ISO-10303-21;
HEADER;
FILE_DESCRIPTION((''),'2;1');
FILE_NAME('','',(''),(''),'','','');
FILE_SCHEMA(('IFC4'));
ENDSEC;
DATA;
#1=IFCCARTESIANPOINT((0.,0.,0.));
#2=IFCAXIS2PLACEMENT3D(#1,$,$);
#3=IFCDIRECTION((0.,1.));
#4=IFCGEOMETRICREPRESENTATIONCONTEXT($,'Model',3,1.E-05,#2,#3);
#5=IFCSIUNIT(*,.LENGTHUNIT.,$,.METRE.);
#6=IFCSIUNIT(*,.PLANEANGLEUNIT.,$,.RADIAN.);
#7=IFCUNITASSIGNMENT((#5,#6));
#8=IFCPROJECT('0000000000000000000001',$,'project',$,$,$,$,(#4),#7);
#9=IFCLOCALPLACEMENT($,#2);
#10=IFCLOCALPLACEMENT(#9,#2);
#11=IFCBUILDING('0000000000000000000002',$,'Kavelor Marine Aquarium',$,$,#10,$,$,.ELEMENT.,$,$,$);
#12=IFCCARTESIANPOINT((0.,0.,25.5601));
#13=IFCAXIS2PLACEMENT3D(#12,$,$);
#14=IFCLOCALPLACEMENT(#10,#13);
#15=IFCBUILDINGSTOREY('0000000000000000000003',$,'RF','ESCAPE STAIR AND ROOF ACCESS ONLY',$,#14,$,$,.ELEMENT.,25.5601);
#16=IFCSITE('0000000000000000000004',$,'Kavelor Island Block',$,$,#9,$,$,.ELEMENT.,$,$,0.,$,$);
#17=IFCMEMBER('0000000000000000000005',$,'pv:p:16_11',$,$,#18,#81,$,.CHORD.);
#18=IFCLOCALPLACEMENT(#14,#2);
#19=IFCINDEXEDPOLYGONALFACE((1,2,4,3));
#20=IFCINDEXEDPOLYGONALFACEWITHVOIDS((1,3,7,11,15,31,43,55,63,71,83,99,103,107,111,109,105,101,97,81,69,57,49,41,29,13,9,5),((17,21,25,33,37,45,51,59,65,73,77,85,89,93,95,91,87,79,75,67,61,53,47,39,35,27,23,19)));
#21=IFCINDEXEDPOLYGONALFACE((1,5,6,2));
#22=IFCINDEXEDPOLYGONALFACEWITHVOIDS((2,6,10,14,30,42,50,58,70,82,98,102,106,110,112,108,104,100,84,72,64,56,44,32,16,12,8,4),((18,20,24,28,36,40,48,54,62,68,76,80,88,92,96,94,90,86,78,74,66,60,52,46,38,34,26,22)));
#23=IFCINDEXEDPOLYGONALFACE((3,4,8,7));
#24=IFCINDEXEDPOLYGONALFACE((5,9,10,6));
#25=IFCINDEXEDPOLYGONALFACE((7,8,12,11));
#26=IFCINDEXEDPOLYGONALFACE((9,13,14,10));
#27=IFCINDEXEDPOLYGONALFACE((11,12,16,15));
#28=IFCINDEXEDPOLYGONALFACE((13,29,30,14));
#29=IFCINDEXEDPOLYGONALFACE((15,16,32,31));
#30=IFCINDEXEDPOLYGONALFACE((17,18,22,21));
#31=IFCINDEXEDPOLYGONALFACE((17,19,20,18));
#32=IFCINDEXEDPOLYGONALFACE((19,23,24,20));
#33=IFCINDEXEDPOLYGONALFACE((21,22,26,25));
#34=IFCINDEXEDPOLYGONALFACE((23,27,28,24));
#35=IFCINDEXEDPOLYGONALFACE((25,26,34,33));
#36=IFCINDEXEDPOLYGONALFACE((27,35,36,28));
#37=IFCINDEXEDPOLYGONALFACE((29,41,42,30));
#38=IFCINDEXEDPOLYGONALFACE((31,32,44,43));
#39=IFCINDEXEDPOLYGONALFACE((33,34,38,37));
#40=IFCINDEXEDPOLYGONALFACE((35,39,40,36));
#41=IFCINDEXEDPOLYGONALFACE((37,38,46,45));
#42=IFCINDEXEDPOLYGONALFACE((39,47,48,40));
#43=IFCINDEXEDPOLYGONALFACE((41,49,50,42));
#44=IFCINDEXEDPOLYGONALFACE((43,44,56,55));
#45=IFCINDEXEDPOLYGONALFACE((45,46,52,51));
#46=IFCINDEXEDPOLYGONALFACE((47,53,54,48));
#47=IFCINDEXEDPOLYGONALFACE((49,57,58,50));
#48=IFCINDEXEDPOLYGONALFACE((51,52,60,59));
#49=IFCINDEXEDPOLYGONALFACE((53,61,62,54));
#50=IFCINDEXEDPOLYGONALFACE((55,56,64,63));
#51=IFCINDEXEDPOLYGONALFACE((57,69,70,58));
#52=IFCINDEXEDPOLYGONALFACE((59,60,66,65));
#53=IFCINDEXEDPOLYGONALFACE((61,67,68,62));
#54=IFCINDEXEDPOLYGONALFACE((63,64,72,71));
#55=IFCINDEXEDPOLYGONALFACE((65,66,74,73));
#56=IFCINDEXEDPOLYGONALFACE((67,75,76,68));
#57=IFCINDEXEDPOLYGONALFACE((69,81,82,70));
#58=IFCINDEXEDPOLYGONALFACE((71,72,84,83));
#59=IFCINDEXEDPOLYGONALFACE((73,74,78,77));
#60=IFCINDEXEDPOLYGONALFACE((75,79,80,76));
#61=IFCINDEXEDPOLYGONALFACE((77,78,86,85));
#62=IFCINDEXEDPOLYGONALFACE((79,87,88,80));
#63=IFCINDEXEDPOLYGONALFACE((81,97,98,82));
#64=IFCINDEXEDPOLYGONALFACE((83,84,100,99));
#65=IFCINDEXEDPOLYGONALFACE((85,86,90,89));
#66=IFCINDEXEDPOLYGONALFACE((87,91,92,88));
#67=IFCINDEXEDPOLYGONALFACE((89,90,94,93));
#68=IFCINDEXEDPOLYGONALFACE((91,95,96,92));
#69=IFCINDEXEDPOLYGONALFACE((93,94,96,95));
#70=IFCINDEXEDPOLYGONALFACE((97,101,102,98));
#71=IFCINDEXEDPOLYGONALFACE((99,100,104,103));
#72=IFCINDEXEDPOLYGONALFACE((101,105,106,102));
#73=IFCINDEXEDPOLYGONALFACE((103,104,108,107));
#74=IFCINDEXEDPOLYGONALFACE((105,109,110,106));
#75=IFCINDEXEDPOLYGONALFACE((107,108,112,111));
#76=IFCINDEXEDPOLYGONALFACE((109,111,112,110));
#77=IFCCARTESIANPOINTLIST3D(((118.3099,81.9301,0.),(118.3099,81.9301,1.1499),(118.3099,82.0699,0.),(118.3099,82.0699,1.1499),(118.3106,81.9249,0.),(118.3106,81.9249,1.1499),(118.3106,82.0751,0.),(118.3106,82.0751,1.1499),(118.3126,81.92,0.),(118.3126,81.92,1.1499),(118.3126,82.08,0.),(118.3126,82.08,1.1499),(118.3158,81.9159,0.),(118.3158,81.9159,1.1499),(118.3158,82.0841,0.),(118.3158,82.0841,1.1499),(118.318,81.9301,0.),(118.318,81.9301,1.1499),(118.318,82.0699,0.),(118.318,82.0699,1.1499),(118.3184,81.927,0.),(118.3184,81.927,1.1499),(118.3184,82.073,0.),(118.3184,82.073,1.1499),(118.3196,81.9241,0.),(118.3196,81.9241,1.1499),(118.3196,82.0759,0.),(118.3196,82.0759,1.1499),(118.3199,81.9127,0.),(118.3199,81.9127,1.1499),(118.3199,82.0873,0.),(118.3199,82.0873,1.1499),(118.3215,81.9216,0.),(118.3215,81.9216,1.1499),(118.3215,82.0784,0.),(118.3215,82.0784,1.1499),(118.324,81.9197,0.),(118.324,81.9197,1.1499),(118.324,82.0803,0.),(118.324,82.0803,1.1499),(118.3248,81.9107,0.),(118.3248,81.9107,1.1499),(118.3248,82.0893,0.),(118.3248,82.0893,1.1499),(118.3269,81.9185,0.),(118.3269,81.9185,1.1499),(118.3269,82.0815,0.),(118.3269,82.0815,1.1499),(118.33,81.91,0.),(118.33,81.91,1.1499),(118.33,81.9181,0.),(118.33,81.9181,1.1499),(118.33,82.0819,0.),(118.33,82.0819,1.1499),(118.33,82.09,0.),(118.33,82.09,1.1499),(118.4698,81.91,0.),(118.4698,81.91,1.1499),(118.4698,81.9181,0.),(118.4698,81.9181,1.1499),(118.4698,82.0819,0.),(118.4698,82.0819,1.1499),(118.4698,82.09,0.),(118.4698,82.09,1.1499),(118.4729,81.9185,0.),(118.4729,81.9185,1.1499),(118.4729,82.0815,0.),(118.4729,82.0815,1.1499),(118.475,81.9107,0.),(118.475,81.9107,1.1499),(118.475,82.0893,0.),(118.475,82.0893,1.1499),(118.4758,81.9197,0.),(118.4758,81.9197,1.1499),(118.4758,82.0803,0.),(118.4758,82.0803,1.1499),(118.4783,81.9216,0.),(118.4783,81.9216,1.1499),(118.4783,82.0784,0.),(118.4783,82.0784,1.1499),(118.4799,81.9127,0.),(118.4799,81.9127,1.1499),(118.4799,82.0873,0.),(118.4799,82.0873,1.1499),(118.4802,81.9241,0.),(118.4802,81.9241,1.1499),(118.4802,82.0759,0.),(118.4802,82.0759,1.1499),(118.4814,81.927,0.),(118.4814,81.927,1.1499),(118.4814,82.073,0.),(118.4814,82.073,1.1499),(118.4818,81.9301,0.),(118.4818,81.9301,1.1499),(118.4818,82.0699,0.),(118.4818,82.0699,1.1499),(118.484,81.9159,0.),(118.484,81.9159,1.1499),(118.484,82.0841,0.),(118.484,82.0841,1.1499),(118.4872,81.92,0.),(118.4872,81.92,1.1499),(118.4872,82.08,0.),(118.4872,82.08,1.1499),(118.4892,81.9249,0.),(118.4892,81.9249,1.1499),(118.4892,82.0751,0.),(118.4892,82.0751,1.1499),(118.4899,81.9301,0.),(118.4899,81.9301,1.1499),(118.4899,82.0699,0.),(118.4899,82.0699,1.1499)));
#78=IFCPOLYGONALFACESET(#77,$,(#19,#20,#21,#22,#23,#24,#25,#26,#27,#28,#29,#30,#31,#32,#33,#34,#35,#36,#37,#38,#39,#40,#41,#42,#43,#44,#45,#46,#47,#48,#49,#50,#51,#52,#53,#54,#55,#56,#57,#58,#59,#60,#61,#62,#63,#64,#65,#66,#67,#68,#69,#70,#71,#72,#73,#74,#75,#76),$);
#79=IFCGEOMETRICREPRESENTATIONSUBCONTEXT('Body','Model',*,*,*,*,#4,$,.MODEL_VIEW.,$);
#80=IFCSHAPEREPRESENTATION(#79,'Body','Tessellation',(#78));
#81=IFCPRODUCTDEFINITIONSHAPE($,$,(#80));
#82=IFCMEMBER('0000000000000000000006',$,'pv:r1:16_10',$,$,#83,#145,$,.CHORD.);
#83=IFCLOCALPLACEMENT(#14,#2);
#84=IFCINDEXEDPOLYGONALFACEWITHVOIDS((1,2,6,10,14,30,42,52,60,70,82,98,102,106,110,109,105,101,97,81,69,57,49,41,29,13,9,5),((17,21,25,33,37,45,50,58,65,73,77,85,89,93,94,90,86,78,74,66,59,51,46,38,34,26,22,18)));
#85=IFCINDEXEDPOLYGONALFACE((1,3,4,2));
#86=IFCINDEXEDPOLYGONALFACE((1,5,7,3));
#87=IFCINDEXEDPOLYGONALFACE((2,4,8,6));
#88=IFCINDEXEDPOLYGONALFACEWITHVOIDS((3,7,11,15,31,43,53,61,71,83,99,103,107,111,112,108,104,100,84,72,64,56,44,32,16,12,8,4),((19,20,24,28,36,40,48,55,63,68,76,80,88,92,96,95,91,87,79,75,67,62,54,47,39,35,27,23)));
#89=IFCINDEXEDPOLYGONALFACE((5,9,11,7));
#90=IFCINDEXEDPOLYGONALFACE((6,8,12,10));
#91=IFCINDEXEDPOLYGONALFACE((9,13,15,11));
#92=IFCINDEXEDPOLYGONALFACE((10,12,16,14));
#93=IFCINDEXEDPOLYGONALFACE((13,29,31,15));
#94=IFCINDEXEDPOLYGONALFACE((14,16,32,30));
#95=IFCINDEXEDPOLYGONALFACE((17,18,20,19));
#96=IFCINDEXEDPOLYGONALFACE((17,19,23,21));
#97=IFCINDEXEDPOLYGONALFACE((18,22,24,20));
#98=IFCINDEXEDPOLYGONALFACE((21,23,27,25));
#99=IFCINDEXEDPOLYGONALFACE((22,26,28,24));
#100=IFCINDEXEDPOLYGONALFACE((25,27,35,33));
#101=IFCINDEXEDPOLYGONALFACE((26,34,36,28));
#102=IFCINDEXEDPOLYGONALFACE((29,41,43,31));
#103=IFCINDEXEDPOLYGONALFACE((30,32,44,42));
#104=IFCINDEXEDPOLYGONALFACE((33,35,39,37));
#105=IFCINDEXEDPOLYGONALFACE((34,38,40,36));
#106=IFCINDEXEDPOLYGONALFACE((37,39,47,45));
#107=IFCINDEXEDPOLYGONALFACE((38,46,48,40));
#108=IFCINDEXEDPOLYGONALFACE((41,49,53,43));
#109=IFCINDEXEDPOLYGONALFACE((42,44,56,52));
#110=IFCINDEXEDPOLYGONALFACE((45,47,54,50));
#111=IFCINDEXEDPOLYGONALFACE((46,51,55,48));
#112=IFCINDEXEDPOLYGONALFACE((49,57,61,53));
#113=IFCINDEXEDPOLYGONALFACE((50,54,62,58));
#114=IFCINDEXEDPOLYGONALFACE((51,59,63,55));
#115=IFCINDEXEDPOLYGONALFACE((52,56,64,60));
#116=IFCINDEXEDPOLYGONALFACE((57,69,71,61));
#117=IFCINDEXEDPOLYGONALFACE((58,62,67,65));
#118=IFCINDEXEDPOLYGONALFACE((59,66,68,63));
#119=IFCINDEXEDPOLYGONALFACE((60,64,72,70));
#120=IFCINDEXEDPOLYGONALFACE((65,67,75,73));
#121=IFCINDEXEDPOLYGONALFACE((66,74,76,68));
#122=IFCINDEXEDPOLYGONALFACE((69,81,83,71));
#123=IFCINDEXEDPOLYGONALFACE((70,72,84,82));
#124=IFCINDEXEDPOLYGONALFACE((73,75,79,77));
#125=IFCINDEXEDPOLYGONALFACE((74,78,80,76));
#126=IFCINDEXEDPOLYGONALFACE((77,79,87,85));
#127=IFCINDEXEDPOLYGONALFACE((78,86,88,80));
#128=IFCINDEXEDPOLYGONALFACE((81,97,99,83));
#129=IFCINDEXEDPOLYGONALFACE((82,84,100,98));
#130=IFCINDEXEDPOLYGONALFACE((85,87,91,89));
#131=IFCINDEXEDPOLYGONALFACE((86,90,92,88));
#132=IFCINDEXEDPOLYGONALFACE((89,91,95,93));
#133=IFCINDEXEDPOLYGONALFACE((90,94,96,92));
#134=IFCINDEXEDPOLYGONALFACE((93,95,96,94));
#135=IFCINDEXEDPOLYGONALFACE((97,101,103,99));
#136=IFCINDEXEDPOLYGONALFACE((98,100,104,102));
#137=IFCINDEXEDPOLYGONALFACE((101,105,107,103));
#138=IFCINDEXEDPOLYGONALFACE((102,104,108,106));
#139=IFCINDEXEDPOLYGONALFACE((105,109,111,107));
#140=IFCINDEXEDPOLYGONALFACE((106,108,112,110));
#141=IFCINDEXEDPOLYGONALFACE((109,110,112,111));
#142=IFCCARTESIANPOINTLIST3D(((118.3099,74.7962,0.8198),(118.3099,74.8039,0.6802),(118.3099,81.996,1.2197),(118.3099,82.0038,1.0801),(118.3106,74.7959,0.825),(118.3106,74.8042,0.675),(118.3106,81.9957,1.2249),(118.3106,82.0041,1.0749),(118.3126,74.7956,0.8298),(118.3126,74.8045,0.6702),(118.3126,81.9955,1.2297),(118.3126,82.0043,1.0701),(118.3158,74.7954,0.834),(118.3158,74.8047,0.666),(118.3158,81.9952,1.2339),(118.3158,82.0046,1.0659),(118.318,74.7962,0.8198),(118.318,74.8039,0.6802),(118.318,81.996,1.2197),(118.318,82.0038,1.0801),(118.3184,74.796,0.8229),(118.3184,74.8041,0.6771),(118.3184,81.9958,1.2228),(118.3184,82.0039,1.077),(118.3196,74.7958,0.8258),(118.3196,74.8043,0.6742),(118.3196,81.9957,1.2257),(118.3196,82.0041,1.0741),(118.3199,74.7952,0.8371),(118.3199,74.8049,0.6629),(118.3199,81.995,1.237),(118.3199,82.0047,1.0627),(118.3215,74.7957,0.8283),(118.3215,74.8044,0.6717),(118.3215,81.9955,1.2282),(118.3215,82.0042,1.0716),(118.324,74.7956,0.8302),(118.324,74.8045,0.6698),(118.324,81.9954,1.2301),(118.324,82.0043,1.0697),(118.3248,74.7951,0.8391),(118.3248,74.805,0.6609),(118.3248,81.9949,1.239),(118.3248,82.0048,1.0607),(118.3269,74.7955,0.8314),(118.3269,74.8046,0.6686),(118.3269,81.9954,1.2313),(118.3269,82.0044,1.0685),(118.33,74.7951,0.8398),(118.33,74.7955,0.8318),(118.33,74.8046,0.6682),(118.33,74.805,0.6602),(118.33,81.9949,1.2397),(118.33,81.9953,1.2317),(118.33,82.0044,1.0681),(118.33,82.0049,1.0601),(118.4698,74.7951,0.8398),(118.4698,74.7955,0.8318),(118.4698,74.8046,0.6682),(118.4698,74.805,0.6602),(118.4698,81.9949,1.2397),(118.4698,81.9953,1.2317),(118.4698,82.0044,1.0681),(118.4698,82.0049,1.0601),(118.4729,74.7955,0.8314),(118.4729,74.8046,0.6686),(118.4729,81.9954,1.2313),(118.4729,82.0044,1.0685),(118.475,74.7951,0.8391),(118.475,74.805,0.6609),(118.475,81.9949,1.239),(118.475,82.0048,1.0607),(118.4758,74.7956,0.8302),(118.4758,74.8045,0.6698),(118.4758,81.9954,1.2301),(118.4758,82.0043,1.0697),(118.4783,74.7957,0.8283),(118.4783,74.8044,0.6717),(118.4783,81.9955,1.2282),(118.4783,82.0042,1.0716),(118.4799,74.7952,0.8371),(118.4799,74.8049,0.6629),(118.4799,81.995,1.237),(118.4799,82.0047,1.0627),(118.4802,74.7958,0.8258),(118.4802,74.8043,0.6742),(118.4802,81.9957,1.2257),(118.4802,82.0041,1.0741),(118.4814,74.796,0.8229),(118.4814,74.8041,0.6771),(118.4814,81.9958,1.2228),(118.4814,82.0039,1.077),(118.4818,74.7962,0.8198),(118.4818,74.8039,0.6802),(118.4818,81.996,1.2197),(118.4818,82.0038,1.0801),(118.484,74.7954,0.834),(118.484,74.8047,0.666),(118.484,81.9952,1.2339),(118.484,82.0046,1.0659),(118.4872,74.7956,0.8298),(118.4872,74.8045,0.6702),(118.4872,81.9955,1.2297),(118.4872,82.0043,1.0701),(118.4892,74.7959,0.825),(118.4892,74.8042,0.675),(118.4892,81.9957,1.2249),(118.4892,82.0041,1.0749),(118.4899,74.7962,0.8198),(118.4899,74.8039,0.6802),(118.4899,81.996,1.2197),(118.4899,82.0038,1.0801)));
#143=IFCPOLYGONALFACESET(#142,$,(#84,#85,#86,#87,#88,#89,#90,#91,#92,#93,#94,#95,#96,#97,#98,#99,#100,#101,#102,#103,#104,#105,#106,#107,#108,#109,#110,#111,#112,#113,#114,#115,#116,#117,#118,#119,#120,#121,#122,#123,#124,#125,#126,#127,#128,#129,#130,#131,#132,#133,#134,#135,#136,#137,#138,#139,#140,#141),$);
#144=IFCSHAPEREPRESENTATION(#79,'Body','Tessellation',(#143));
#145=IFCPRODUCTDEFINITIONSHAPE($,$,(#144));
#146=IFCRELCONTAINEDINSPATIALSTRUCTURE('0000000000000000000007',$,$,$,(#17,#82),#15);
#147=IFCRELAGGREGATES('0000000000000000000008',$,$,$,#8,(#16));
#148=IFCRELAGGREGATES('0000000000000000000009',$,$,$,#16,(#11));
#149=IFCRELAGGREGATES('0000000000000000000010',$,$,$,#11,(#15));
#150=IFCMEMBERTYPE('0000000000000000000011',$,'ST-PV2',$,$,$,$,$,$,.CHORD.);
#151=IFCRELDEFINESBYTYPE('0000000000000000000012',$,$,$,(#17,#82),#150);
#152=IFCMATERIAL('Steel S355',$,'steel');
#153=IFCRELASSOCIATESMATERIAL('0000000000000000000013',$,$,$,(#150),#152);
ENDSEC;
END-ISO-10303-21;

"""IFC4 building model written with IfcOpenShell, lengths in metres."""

from ifc_helpers import new_model, si_unit, direction, frame, origin, origin_2d, place, context, subcontext, project, spatial, hollow_rectangle, extrude, material, material_profile, profile_set, type_object, element, save


model = new_model("IFC4")

# Units and contexts
model_context = context("Model", 3, precision=1e-05, world=origin(), true_north=direction((0.0, 1.0)))
body_context = subcontext(model_context, "Body", "Model", "MODEL_VIEW")
ifc_project = project(units=[si_unit("LENGTHUNIT", "METRE"), si_unit("PLANEANGLEUNIT", "RADIAN")], contexts=[model_context])

# Site, building, storey
site_placement = place(None, origin())
site = spatial("IfcSite", under=ifc_project, at=site_placement, Name="Kavelor Island Block", CompositionType="ELEMENT", RefElevation=0.0)
building_placement = place(site_placement, origin())
building = spatial("IfcBuilding", under=site, at=building_placement, Name="Kavelor Marine Aquarium", CompositionType="ELEMENT")
storey_placement = place(building_placement, frame((0.0, 0.0, 25.5601)))
storey = spatial("IfcBuildingStorey", under=building, at=storey_placement, Name="RF", Description="ESCAPE STAIR AND ROOF ACCESS ONLY", CompositionType="ELEMENT", Elevation=25.5601)

# Members
ifc_material_1 = material(Name="Steel S355", Category="steel")
ifc_material_profile_1 = material_profile(ifc_material_1, hollow_rectangle(XDim=0.1799, YDim=0.1799, WallThickness=0.0081, InnerFilletRadius=0.012, OuterFilletRadius=0.02, at=origin_2d()), Name="SHS 180x180x8.0")
ifc_profile_set_1 = profile_set([ifc_material_profile_1], Name="Steel S355")
member_type_1 = type_object("IfcMemberType", Name="ST-PV2", PredefinedType="CHORD", material=ifc_profile_set_1)
member_1_placement = place(storey_placement, frame((118.3999, 82.0, 0.0), z_axis=(0.0, 0.0, 1.0), x_axis=(1.0, 0.0, 0.0)))
element("IfcMember", 1, at=member_1_placement, inside=storey, type_object=member_type_1, Name="pv:p:16_11", PredefinedType="CHORD", context=body_context, shape_type="SweptSolid", body=[
    extrude(hollow_rectangle(XDim=0.1799, YDim=0.1799, WallThickness=0.0081, InnerFilletRadius=0.012, OuterFilletRadius=0.02, at=origin_2d()), origin(), (0.0, 0.0, 1.0), 1.1499),
])
member_2_placement = place(storey_placement, frame((118.3999, 74.8, 0.75), z_axis=(0.0, 0.998461, 0.055457), x_axis=(-1.0, 0.0, 0.0)))
element("IfcMember", 2, at=member_2_placement, inside=storey, type_object=member_type_1, Name="pv:r1:16_10", PredefinedType="CHORD", context=body_context, shape_type="SweptSolid", body=[
    extrude(hollow_rectangle(XDim=0.1799, YDim=0.1799, WallThickness=0.0081, InnerFilletRadius=0.012, OuterFilletRadius=0.02, at=origin_2d()), origin(), (0.0, 0.0, 1.0), 7.2109),
])

save(model, "model.ifc")
